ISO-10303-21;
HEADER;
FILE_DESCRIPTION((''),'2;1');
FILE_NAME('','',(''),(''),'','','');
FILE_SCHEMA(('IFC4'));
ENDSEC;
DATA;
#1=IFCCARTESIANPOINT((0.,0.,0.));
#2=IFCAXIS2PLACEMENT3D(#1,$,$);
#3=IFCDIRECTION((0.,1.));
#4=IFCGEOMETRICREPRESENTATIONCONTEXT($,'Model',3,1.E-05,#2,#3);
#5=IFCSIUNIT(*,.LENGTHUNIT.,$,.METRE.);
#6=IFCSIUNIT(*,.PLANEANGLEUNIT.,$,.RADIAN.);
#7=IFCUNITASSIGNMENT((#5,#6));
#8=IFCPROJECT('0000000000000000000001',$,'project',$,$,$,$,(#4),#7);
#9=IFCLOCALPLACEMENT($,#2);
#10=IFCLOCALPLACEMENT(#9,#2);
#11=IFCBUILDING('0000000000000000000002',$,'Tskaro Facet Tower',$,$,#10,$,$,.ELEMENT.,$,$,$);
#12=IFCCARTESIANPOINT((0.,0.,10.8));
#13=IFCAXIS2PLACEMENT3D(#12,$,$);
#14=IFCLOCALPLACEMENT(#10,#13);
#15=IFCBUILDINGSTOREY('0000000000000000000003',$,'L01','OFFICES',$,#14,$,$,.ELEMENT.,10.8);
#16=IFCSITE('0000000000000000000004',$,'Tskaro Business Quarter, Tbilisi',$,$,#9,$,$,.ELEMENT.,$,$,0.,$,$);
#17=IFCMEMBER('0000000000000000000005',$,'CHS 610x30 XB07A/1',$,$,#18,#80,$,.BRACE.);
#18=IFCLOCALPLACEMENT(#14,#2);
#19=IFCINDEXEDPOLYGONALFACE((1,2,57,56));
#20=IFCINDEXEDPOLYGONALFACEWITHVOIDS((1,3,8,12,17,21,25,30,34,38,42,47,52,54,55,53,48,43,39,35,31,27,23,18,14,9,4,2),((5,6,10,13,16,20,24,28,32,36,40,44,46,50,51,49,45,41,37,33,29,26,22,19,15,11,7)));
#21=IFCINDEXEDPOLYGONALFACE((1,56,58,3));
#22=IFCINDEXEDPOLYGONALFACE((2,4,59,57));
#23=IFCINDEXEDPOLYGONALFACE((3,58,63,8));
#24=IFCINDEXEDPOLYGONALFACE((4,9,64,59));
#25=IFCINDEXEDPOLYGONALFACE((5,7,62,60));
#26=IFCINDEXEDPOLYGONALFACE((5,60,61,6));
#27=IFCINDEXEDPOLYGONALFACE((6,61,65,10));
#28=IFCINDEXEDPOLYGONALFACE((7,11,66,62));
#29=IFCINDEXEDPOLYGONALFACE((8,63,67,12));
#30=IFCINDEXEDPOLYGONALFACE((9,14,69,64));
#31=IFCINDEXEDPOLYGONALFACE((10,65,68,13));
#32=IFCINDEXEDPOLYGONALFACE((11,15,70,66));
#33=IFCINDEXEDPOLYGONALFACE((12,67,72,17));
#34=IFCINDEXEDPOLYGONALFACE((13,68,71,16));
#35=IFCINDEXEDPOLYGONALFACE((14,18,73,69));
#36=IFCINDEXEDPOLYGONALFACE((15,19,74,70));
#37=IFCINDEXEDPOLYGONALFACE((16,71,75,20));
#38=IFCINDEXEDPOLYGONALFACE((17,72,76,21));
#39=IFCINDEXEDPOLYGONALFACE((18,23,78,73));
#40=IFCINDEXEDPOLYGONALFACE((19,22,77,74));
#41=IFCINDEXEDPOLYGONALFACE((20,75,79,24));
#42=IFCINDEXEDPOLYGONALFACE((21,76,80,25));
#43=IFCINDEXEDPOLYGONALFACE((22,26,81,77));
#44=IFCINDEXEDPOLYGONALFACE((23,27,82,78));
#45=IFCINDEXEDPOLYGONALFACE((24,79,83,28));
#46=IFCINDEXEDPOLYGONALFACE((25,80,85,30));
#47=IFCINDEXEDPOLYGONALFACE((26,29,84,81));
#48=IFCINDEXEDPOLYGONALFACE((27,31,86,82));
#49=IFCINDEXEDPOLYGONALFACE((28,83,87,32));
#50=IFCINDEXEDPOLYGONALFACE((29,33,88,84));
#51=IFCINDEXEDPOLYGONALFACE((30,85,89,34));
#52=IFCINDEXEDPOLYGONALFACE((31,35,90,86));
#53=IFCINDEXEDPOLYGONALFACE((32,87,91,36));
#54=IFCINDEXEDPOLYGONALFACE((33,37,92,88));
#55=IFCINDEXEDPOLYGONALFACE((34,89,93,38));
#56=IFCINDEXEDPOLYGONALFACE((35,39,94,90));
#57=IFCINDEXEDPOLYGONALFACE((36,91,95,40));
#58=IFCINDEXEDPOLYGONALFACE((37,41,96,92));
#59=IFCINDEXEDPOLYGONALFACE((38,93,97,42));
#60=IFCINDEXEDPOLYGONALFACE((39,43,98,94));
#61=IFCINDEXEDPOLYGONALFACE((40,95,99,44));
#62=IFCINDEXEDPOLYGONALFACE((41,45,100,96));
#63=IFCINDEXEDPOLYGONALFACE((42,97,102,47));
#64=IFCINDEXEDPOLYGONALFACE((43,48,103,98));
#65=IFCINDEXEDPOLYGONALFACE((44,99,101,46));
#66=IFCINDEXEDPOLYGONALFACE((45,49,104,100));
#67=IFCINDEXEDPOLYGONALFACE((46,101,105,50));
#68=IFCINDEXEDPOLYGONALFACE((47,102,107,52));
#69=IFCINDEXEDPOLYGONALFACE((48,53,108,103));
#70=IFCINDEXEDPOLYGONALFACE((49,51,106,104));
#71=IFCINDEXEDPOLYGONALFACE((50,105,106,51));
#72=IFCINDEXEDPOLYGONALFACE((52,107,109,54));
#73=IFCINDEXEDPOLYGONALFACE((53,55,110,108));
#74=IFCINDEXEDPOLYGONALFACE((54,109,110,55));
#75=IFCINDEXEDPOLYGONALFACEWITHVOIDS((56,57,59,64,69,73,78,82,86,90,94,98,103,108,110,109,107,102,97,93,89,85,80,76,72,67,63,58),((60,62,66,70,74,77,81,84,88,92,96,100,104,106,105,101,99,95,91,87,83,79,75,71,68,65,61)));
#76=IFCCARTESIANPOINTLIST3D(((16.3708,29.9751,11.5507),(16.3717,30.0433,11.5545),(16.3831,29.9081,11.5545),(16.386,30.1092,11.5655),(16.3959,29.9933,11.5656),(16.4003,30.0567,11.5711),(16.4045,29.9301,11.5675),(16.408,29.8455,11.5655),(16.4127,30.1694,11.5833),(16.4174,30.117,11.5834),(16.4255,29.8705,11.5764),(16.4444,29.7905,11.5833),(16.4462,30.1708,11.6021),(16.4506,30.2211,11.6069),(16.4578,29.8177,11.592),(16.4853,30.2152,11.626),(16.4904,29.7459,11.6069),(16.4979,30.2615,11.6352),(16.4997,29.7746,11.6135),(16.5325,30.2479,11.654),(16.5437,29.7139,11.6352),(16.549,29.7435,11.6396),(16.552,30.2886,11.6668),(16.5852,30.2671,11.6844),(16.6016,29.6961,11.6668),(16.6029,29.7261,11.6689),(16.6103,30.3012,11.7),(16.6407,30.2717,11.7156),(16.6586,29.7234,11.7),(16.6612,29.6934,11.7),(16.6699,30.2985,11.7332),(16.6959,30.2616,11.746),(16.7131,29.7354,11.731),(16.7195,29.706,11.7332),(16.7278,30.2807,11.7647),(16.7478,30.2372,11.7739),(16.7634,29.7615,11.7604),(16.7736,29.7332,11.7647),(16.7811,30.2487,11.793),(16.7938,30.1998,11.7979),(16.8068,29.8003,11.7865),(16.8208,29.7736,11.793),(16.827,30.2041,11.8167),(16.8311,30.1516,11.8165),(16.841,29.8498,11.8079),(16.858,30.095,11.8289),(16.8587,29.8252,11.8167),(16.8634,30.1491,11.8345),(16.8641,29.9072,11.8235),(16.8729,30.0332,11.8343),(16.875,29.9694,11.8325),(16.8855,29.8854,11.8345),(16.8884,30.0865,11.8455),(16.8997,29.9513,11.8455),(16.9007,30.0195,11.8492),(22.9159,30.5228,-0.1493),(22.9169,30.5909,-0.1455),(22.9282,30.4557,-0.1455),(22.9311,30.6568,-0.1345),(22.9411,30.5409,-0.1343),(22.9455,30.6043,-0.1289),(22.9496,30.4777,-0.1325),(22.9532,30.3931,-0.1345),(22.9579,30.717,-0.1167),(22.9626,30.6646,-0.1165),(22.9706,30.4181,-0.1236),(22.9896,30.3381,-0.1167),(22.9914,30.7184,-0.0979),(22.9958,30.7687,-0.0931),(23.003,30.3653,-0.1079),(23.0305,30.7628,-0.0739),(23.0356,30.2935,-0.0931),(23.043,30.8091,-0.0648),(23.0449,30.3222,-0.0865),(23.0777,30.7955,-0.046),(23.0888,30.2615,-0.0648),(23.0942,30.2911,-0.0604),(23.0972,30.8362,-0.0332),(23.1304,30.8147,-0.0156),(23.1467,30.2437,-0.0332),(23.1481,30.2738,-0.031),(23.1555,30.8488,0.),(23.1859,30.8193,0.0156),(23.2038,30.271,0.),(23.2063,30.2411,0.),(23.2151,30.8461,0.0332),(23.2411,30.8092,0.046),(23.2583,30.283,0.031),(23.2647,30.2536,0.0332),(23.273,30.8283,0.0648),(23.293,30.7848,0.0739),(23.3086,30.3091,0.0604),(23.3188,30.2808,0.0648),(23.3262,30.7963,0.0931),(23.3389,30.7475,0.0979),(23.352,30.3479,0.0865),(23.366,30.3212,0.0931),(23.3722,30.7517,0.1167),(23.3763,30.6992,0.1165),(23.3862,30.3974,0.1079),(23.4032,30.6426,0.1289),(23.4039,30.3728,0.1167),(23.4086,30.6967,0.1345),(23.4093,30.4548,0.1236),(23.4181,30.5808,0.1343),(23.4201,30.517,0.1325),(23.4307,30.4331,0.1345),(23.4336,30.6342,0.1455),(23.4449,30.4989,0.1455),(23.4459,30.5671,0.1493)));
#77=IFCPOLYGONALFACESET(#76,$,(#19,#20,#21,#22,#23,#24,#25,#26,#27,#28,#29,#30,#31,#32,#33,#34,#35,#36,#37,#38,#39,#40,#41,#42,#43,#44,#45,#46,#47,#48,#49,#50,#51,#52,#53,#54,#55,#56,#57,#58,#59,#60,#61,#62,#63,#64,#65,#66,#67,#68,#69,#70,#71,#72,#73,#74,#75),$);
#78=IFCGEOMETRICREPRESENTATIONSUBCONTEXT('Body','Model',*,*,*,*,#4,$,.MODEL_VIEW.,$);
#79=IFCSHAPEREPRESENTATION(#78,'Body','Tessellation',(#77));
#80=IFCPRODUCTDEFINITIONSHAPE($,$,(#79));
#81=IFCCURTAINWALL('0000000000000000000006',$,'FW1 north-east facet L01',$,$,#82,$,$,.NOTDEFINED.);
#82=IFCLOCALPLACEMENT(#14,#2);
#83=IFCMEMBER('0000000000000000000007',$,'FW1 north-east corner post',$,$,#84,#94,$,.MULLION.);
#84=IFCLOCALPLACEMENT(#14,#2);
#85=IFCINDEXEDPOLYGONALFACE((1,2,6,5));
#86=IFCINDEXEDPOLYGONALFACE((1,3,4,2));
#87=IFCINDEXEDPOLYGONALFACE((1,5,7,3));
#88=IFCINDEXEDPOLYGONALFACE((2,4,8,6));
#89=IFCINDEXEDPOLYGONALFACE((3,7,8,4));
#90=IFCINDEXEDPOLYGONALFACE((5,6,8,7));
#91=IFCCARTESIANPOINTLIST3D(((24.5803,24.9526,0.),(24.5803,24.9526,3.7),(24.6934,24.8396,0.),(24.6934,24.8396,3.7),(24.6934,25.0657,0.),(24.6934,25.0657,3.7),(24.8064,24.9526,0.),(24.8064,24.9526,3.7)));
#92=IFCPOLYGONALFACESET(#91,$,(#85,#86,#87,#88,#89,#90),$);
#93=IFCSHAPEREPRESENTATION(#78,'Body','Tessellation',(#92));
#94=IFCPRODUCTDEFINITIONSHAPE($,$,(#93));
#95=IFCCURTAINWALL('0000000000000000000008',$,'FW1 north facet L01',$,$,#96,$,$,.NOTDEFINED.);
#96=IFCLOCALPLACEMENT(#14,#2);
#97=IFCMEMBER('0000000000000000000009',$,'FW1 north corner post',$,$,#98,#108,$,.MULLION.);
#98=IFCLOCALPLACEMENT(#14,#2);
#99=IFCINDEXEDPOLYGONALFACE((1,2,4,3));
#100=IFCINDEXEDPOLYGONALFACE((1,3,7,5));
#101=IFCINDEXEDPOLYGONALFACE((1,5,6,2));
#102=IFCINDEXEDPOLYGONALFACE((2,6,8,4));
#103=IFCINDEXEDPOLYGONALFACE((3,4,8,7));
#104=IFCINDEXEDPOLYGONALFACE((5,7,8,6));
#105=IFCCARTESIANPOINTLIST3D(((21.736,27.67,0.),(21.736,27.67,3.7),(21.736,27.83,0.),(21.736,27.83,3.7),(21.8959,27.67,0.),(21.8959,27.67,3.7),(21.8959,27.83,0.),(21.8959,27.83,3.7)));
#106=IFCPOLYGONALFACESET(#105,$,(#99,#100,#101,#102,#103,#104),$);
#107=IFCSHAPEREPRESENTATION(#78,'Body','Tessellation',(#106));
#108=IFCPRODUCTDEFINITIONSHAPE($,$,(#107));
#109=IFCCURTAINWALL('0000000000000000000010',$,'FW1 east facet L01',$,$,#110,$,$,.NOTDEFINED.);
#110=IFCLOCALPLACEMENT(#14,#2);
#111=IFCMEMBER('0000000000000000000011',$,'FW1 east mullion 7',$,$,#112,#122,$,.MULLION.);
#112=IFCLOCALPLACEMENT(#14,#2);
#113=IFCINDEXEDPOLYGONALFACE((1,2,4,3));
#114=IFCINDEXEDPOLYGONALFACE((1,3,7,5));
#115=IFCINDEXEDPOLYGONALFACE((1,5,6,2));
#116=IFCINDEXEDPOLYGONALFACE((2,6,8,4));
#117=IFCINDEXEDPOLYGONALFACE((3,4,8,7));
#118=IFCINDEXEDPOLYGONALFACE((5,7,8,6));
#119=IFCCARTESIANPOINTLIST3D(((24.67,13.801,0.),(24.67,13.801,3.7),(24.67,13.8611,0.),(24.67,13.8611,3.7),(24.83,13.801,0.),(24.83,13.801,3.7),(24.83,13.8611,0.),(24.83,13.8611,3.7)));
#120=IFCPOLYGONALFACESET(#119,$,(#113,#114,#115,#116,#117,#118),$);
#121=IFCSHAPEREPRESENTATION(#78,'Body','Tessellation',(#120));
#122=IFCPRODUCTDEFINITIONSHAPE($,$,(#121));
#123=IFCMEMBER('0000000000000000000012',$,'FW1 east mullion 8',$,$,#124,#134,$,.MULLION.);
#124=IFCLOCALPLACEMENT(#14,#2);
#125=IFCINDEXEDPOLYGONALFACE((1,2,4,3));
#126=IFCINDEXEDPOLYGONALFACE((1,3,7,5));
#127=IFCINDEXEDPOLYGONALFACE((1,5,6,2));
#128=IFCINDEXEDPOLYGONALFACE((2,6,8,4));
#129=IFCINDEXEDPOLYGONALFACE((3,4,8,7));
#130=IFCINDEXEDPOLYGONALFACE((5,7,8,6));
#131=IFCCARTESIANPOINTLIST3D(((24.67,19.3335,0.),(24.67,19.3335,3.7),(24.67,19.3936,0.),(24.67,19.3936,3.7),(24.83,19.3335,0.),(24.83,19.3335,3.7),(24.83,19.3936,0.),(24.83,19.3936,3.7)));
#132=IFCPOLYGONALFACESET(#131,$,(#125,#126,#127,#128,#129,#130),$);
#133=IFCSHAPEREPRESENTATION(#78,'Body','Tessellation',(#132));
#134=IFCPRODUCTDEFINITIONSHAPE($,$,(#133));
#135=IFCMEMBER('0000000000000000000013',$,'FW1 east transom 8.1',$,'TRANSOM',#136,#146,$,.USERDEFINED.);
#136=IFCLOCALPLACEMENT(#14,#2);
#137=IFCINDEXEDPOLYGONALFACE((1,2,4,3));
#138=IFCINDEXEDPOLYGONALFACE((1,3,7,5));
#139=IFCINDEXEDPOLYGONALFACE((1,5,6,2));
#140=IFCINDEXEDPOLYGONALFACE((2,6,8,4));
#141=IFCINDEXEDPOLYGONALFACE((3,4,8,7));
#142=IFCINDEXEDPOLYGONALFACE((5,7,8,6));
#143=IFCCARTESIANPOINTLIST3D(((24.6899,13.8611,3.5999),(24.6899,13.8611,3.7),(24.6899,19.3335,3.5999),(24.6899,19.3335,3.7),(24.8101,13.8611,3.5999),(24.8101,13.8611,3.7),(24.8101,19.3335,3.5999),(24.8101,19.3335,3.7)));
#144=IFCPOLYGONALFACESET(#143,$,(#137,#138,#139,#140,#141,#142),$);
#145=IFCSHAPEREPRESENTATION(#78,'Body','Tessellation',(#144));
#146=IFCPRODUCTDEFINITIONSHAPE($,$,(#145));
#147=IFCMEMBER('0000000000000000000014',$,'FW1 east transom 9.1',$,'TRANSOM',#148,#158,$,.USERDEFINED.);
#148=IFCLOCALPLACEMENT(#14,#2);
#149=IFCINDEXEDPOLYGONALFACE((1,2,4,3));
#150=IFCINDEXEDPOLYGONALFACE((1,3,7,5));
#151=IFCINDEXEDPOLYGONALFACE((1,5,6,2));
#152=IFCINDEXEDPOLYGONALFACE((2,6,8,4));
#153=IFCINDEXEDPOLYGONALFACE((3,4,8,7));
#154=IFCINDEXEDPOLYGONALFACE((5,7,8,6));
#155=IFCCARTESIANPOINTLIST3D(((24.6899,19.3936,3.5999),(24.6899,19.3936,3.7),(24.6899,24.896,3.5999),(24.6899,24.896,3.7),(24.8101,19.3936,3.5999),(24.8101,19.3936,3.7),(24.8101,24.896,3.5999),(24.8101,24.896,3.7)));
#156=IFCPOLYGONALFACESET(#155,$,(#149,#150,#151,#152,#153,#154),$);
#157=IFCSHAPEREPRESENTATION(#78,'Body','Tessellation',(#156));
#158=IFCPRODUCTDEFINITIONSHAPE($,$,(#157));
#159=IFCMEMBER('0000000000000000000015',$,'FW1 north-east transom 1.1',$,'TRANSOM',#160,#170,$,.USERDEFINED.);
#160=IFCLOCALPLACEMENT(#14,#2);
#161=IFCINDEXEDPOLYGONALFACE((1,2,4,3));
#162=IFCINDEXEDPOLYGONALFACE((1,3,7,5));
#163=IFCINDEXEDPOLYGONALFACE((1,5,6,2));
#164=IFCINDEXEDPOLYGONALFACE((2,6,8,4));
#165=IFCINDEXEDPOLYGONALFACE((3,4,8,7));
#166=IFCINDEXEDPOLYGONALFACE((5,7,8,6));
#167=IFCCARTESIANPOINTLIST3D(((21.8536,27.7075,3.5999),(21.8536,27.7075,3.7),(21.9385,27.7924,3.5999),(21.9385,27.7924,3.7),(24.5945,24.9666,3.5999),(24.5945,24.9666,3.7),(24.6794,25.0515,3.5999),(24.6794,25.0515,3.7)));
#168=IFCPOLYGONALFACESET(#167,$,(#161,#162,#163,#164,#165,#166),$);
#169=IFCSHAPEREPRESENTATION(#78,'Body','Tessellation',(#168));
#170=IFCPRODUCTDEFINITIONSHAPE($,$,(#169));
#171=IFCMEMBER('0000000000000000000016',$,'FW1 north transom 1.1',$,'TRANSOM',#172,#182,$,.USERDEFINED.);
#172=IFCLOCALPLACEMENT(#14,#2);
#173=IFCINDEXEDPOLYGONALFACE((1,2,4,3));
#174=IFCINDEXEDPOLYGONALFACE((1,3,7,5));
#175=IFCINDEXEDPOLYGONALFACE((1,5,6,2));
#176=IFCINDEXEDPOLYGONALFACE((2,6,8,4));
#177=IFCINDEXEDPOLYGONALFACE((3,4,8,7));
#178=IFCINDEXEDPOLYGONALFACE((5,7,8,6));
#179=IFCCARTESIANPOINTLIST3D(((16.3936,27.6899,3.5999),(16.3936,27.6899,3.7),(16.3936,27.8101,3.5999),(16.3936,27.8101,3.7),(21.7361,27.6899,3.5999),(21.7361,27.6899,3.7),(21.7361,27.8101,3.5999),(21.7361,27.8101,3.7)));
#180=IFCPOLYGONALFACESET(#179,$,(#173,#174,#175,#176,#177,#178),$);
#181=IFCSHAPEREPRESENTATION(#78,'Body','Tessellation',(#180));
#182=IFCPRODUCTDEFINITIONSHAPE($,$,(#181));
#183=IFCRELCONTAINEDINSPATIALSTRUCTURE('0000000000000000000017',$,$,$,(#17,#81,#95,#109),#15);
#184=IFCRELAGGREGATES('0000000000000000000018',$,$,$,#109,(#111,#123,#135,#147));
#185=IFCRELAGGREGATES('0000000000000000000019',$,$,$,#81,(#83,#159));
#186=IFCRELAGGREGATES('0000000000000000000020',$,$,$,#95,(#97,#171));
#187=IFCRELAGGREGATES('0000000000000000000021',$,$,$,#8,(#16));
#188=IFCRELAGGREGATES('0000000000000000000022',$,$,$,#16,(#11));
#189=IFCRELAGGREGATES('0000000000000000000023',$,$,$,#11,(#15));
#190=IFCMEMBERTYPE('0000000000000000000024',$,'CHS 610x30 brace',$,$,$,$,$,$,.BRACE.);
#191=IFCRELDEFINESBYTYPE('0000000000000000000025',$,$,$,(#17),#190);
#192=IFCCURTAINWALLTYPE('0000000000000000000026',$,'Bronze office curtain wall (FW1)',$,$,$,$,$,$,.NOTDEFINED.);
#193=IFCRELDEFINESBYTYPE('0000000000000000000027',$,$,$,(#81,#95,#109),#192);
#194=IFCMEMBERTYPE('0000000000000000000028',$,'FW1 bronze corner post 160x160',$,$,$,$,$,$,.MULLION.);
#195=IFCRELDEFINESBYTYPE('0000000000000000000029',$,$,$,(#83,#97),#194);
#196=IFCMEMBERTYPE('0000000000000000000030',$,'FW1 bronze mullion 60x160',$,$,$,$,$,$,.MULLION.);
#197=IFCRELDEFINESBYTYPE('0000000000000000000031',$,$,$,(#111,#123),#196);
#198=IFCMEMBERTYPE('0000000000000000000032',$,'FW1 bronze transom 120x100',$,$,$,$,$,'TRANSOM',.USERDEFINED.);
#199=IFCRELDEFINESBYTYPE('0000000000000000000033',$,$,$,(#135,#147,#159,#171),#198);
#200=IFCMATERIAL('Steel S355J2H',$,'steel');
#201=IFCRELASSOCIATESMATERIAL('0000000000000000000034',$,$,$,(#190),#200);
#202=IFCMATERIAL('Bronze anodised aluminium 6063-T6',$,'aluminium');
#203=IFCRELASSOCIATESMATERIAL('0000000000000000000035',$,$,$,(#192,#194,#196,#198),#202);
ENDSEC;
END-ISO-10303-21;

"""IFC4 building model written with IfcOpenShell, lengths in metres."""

from ifc_helpers import new_model, si_unit, direction, frame, origin, origin_2d, place, context, subcontext, project, spatial, rectangle, hollow_circle, extrude, material, material_profile, profile_set, type_object, element, aggregate, save


model = new_model("IFC4")

# Units and contexts
model_context = context("Model", 3, precision=1e-05, world=origin(), true_north=direction((0.0, 1.0)))
body_context = subcontext(model_context, "Body", "Model", "MODEL_VIEW")
ifc_project = project(units=[si_unit("LENGTHUNIT", "METRE"), si_unit("PLANEANGLEUNIT", "RADIAN")], contexts=[model_context])

# Site, building, storey
site_placement = place(None, origin())
site = spatial("IfcSite", under=ifc_project, at=site_placement, Name="Tskaro Business Quarter, Tbilisi", CompositionType="ELEMENT", RefElevation=0.0)
building_placement = place(site_placement, origin())
building = spatial("IfcBuilding", under=site, at=building_placement, Name="Tskaro Facet Tower", CompositionType="ELEMENT")
storey_placement = place(building_placement, frame((0.0, 0.0, 10.8)))
storey = spatial("IfcBuildingStorey", under=building, at=storey_placement, Name="L01", Description="OFFICES", CompositionType="ELEMENT", Elevation=10.8)

# Shared definitions
ifc_material_1 = material(Name="Steel S355J2H", Category="steel")

# Member
ifc_material_profile_1 = material_profile(ifc_material_1, hollow_circle(Radius=0.3049, WallThickness=0.03, at=origin_2d()), Name="CHS 610x30")
ifc_profile_set_1 = profile_set([ifc_material_profile_1], Name="Steel S355J2H")
member_type_1 = type_object("IfcMemberType", Name="CHS 610x30 brace", PredefinedType="BRACE", material=ifc_profile_set_1)
member_1_placement = place(storey_placement, frame((23.1809, 30.5449, 0.0), z_axis=(-0.48781, -0.040813, 0.871995), x_axis=(0.083375, -0.996518, 0.0)))
element("IfcMember", 1, at=member_1_placement, inside=storey, type_object=member_type_1, Name="CHS 610x30 XB07A/1", PredefinedType="BRACE", context=body_context, shape_type="SweptSolid", body=[
    extrude(hollow_circle(Radius=0.3049, WallThickness=0.03, at=origin_2d()), origin(), (0.0, 0.0, 1.0), 13.4175),
])

# Curtain walls, members
ifc_material_2 = material(Name="Bronze anodised aluminium 6063-T6", Category="aluminium")
curtain_wall_type = type_object("IfcCurtainWallType", Name="Bronze office curtain wall (FW1)", PredefinedType="NOTDEFINED", material=ifc_material_2)
curtain_wall_1_placement = place(storey_placement, origin())
curtain_wall_1 = element("IfcCurtainWall", 2, at=curtain_wall_1_placement, inside=storey, type_object=curtain_wall_type, Name="FW1 north-east facet L01", PredefinedType="NOTDEFINED")
ifc_material_profile_2 = material_profile(ifc_material_2, rectangle(XDim=0.1599, YDim=0.1599, at=origin_2d()), Name="Corner post 160x160")
ifc_profile_set_2 = profile_set([ifc_material_profile_2], Name="Bronze anodised aluminium 6063-T6")
member_type_2 = type_object("IfcMemberType", Name="FW1 bronze corner post 160x160", PredefinedType="MULLION", material=ifc_profile_set_2)
member_2_placement = place(storey_placement, frame((24.6934, 24.9526, 0.0), z_axis=(0.0, 0.0, 1.0), x_axis=(-0.707107, 0.707107, 0.0)))
member_2 = element("IfcMember", 3, at=member_2_placement, type_object=member_type_2, Name="FW1 north-east corner post", PredefinedType="MULLION", context=body_context, shape_type="SweptSolid", body=[
    extrude(rectangle(XDim=0.1599, YDim=0.1599, at=origin_2d()), origin(), (0.0, 0.0, 1.0), 3.7),
])
curtain_wall_2_placement = place(storey_placement, origin())
curtain_wall_2 = element("IfcCurtainWall", 4, at=curtain_wall_2_placement, inside=storey, type_object=curtain_wall_type, Name="FW1 north facet L01", PredefinedType="NOTDEFINED")
member_3_placement = place(storey_placement, frame((21.8159, 27.75, 0.0), z_axis=(0.0, 0.0, 1.0), x_axis=(-1.0, 0.0, 0.0)))
member_3 = element("IfcMember", 5, at=member_3_placement, type_object=member_type_2, Name="FW1 north corner post", PredefinedType="MULLION", context=body_context, shape_type="SweptSolid", body=[
    extrude(rectangle(XDim=0.1599, YDim=0.1599, at=origin_2d()), origin(), (0.0, 0.0, 1.0), 3.7),
])

# Curtain wall, members
curtain_wall_3_placement = place(storey_placement, origin())
curtain_wall_3 = element("IfcCurtainWall", 6, at=curtain_wall_3_placement, inside=storey, type_object=curtain_wall_type, Name="FW1 east facet L01", PredefinedType="NOTDEFINED")
ifc_material_profile_3 = material_profile(ifc_material_2, rectangle(XDim=0.0601, YDim=0.1599, at=origin_2d()), Name="Mullion 60x160")
ifc_profile_set_3 = profile_set([ifc_material_profile_3], Name="Bronze anodised aluminium 6063-T6")
member_type_3 = type_object("IfcMemberType", Name="FW1 bronze mullion 60x160", PredefinedType="MULLION", material=ifc_profile_set_3)
member_4_placement = place(storey_placement, frame((24.75, 13.8311, 0.0), z_axis=(0.0, 0.0, 1.0), x_axis=(0.0, 1.0, 0.0)))
member_4 = element("IfcMember", 7, at=member_4_placement, type_object=member_type_3, Name="FW1 east mullion 7", PredefinedType="MULLION", context=body_context, shape_type="SweptSolid", body=[
    extrude(rectangle(XDim=0.0601, YDim=0.1599, at=origin_2d()), origin(), (0.0, 0.0, 1.0), 3.7),
])
member_5_placement = place(storey_placement, frame((24.75, 19.3635, 0.0), z_axis=(0.0, 0.0, 1.0), x_axis=(0.0, 1.0, 0.0)))
member_5 = element("IfcMember", 8, at=member_5_placement, type_object=member_type_3, Name="FW1 east mullion 8", PredefinedType="MULLION", context=body_context, shape_type="SweptSolid", body=[
    extrude(rectangle(XDim=0.0601, YDim=0.1599, at=origin_2d()), origin(), (0.0, 0.0, 1.0), 3.7),
])
ifc_material_profile_4 = material_profile(ifc_material_2, rectangle(XDim=0.1201, YDim=0.1001, at=origin_2d()), Name="Transom 120x100")
ifc_profile_set_4 = profile_set([ifc_material_profile_4], Name="Bronze anodised aluminium 6063-T6")
member_type_4 = type_object("IfcMemberType", Name="FW1 bronze transom 120x100", ElementType="TRANSOM", PredefinedType="USERDEFINED", material=ifc_profile_set_4)
member_6_placement = place(storey_placement, frame((24.75, 13.8611, 3.6499), z_axis=(0.0, 1.0, 0.0), x_axis=(-1.0, 0.0, 0.0)))
member_6 = element("IfcMember", 9, at=member_6_placement, type_object=member_type_4, Name="FW1 east transom 8.1", ObjectType="TRANSOM", PredefinedType="USERDEFINED", context=body_context, shape_type="SweptSolid", body=[
    extrude(rectangle(XDim=0.1201, YDim=0.1001, at=origin_2d()), origin(), (0.0, 0.0, 1.0), 5.4724),
])
member_7_placement = place(storey_placement, frame((24.75, 19.3936, 3.6499), z_axis=(0.0, 1.0, 0.0), x_axis=(-1.0, 0.0, 0.0)))
member_7 = element("IfcMember", 10, at=member_7_placement, type_object=member_type_4, Name="FW1 east transom 9.1", ObjectType="TRANSOM", PredefinedType="USERDEFINED", context=body_context, shape_type="SweptSolid", body=[
    extrude(rectangle(XDim=0.1201, YDim=0.1001, at=origin_2d()), origin(), (0.0, 0.0, 1.0), 5.5024),
])

# Members
member_8_placement = place(storey_placement, frame((24.637, 25.009, 3.6499), z_axis=(-0.707107, 0.707107, 0.0), x_axis=(-0.707107, -0.707107, 0.0)))
member_8 = element("IfcMember", 11, at=member_8_placement, type_object=member_type_4, Name="FW1 north-east transom 1.1", ObjectType="TRANSOM", PredefinedType="USERDEFINED", context=body_context, shape_type="SweptSolid", body=[
    extrude(rectangle(XDim=0.1201, YDim=0.1001, at=origin_2d()), origin(), (0.0, 0.0, 1.0), 3.8762),
])
member_9_placement = place(storey_placement, frame((21.7361, 27.75, 3.6499), z_axis=(-1.0, 0.0, 0.0), x_axis=(0.0, -1.0, 0.0)))
member_9 = element("IfcMember", 12, at=member_9_placement, type_object=member_type_4, Name="FW1 north transom 1.1", ObjectType="TRANSOM", PredefinedType="USERDEFINED", context=body_context, shape_type="SweptSolid", body=[
    extrude(rectangle(XDim=0.1201, YDim=0.1001, at=origin_2d()), origin(), (0.0, 0.0, 1.0), 5.3425),
])

aggregate(curtain_wall_3, [member_4, member_5, member_6, member_7])
aggregate(curtain_wall_1, [member_2, member_8])
aggregate(curtain_wall_2, [member_3, member_9])

save(model, "model.ifc")
